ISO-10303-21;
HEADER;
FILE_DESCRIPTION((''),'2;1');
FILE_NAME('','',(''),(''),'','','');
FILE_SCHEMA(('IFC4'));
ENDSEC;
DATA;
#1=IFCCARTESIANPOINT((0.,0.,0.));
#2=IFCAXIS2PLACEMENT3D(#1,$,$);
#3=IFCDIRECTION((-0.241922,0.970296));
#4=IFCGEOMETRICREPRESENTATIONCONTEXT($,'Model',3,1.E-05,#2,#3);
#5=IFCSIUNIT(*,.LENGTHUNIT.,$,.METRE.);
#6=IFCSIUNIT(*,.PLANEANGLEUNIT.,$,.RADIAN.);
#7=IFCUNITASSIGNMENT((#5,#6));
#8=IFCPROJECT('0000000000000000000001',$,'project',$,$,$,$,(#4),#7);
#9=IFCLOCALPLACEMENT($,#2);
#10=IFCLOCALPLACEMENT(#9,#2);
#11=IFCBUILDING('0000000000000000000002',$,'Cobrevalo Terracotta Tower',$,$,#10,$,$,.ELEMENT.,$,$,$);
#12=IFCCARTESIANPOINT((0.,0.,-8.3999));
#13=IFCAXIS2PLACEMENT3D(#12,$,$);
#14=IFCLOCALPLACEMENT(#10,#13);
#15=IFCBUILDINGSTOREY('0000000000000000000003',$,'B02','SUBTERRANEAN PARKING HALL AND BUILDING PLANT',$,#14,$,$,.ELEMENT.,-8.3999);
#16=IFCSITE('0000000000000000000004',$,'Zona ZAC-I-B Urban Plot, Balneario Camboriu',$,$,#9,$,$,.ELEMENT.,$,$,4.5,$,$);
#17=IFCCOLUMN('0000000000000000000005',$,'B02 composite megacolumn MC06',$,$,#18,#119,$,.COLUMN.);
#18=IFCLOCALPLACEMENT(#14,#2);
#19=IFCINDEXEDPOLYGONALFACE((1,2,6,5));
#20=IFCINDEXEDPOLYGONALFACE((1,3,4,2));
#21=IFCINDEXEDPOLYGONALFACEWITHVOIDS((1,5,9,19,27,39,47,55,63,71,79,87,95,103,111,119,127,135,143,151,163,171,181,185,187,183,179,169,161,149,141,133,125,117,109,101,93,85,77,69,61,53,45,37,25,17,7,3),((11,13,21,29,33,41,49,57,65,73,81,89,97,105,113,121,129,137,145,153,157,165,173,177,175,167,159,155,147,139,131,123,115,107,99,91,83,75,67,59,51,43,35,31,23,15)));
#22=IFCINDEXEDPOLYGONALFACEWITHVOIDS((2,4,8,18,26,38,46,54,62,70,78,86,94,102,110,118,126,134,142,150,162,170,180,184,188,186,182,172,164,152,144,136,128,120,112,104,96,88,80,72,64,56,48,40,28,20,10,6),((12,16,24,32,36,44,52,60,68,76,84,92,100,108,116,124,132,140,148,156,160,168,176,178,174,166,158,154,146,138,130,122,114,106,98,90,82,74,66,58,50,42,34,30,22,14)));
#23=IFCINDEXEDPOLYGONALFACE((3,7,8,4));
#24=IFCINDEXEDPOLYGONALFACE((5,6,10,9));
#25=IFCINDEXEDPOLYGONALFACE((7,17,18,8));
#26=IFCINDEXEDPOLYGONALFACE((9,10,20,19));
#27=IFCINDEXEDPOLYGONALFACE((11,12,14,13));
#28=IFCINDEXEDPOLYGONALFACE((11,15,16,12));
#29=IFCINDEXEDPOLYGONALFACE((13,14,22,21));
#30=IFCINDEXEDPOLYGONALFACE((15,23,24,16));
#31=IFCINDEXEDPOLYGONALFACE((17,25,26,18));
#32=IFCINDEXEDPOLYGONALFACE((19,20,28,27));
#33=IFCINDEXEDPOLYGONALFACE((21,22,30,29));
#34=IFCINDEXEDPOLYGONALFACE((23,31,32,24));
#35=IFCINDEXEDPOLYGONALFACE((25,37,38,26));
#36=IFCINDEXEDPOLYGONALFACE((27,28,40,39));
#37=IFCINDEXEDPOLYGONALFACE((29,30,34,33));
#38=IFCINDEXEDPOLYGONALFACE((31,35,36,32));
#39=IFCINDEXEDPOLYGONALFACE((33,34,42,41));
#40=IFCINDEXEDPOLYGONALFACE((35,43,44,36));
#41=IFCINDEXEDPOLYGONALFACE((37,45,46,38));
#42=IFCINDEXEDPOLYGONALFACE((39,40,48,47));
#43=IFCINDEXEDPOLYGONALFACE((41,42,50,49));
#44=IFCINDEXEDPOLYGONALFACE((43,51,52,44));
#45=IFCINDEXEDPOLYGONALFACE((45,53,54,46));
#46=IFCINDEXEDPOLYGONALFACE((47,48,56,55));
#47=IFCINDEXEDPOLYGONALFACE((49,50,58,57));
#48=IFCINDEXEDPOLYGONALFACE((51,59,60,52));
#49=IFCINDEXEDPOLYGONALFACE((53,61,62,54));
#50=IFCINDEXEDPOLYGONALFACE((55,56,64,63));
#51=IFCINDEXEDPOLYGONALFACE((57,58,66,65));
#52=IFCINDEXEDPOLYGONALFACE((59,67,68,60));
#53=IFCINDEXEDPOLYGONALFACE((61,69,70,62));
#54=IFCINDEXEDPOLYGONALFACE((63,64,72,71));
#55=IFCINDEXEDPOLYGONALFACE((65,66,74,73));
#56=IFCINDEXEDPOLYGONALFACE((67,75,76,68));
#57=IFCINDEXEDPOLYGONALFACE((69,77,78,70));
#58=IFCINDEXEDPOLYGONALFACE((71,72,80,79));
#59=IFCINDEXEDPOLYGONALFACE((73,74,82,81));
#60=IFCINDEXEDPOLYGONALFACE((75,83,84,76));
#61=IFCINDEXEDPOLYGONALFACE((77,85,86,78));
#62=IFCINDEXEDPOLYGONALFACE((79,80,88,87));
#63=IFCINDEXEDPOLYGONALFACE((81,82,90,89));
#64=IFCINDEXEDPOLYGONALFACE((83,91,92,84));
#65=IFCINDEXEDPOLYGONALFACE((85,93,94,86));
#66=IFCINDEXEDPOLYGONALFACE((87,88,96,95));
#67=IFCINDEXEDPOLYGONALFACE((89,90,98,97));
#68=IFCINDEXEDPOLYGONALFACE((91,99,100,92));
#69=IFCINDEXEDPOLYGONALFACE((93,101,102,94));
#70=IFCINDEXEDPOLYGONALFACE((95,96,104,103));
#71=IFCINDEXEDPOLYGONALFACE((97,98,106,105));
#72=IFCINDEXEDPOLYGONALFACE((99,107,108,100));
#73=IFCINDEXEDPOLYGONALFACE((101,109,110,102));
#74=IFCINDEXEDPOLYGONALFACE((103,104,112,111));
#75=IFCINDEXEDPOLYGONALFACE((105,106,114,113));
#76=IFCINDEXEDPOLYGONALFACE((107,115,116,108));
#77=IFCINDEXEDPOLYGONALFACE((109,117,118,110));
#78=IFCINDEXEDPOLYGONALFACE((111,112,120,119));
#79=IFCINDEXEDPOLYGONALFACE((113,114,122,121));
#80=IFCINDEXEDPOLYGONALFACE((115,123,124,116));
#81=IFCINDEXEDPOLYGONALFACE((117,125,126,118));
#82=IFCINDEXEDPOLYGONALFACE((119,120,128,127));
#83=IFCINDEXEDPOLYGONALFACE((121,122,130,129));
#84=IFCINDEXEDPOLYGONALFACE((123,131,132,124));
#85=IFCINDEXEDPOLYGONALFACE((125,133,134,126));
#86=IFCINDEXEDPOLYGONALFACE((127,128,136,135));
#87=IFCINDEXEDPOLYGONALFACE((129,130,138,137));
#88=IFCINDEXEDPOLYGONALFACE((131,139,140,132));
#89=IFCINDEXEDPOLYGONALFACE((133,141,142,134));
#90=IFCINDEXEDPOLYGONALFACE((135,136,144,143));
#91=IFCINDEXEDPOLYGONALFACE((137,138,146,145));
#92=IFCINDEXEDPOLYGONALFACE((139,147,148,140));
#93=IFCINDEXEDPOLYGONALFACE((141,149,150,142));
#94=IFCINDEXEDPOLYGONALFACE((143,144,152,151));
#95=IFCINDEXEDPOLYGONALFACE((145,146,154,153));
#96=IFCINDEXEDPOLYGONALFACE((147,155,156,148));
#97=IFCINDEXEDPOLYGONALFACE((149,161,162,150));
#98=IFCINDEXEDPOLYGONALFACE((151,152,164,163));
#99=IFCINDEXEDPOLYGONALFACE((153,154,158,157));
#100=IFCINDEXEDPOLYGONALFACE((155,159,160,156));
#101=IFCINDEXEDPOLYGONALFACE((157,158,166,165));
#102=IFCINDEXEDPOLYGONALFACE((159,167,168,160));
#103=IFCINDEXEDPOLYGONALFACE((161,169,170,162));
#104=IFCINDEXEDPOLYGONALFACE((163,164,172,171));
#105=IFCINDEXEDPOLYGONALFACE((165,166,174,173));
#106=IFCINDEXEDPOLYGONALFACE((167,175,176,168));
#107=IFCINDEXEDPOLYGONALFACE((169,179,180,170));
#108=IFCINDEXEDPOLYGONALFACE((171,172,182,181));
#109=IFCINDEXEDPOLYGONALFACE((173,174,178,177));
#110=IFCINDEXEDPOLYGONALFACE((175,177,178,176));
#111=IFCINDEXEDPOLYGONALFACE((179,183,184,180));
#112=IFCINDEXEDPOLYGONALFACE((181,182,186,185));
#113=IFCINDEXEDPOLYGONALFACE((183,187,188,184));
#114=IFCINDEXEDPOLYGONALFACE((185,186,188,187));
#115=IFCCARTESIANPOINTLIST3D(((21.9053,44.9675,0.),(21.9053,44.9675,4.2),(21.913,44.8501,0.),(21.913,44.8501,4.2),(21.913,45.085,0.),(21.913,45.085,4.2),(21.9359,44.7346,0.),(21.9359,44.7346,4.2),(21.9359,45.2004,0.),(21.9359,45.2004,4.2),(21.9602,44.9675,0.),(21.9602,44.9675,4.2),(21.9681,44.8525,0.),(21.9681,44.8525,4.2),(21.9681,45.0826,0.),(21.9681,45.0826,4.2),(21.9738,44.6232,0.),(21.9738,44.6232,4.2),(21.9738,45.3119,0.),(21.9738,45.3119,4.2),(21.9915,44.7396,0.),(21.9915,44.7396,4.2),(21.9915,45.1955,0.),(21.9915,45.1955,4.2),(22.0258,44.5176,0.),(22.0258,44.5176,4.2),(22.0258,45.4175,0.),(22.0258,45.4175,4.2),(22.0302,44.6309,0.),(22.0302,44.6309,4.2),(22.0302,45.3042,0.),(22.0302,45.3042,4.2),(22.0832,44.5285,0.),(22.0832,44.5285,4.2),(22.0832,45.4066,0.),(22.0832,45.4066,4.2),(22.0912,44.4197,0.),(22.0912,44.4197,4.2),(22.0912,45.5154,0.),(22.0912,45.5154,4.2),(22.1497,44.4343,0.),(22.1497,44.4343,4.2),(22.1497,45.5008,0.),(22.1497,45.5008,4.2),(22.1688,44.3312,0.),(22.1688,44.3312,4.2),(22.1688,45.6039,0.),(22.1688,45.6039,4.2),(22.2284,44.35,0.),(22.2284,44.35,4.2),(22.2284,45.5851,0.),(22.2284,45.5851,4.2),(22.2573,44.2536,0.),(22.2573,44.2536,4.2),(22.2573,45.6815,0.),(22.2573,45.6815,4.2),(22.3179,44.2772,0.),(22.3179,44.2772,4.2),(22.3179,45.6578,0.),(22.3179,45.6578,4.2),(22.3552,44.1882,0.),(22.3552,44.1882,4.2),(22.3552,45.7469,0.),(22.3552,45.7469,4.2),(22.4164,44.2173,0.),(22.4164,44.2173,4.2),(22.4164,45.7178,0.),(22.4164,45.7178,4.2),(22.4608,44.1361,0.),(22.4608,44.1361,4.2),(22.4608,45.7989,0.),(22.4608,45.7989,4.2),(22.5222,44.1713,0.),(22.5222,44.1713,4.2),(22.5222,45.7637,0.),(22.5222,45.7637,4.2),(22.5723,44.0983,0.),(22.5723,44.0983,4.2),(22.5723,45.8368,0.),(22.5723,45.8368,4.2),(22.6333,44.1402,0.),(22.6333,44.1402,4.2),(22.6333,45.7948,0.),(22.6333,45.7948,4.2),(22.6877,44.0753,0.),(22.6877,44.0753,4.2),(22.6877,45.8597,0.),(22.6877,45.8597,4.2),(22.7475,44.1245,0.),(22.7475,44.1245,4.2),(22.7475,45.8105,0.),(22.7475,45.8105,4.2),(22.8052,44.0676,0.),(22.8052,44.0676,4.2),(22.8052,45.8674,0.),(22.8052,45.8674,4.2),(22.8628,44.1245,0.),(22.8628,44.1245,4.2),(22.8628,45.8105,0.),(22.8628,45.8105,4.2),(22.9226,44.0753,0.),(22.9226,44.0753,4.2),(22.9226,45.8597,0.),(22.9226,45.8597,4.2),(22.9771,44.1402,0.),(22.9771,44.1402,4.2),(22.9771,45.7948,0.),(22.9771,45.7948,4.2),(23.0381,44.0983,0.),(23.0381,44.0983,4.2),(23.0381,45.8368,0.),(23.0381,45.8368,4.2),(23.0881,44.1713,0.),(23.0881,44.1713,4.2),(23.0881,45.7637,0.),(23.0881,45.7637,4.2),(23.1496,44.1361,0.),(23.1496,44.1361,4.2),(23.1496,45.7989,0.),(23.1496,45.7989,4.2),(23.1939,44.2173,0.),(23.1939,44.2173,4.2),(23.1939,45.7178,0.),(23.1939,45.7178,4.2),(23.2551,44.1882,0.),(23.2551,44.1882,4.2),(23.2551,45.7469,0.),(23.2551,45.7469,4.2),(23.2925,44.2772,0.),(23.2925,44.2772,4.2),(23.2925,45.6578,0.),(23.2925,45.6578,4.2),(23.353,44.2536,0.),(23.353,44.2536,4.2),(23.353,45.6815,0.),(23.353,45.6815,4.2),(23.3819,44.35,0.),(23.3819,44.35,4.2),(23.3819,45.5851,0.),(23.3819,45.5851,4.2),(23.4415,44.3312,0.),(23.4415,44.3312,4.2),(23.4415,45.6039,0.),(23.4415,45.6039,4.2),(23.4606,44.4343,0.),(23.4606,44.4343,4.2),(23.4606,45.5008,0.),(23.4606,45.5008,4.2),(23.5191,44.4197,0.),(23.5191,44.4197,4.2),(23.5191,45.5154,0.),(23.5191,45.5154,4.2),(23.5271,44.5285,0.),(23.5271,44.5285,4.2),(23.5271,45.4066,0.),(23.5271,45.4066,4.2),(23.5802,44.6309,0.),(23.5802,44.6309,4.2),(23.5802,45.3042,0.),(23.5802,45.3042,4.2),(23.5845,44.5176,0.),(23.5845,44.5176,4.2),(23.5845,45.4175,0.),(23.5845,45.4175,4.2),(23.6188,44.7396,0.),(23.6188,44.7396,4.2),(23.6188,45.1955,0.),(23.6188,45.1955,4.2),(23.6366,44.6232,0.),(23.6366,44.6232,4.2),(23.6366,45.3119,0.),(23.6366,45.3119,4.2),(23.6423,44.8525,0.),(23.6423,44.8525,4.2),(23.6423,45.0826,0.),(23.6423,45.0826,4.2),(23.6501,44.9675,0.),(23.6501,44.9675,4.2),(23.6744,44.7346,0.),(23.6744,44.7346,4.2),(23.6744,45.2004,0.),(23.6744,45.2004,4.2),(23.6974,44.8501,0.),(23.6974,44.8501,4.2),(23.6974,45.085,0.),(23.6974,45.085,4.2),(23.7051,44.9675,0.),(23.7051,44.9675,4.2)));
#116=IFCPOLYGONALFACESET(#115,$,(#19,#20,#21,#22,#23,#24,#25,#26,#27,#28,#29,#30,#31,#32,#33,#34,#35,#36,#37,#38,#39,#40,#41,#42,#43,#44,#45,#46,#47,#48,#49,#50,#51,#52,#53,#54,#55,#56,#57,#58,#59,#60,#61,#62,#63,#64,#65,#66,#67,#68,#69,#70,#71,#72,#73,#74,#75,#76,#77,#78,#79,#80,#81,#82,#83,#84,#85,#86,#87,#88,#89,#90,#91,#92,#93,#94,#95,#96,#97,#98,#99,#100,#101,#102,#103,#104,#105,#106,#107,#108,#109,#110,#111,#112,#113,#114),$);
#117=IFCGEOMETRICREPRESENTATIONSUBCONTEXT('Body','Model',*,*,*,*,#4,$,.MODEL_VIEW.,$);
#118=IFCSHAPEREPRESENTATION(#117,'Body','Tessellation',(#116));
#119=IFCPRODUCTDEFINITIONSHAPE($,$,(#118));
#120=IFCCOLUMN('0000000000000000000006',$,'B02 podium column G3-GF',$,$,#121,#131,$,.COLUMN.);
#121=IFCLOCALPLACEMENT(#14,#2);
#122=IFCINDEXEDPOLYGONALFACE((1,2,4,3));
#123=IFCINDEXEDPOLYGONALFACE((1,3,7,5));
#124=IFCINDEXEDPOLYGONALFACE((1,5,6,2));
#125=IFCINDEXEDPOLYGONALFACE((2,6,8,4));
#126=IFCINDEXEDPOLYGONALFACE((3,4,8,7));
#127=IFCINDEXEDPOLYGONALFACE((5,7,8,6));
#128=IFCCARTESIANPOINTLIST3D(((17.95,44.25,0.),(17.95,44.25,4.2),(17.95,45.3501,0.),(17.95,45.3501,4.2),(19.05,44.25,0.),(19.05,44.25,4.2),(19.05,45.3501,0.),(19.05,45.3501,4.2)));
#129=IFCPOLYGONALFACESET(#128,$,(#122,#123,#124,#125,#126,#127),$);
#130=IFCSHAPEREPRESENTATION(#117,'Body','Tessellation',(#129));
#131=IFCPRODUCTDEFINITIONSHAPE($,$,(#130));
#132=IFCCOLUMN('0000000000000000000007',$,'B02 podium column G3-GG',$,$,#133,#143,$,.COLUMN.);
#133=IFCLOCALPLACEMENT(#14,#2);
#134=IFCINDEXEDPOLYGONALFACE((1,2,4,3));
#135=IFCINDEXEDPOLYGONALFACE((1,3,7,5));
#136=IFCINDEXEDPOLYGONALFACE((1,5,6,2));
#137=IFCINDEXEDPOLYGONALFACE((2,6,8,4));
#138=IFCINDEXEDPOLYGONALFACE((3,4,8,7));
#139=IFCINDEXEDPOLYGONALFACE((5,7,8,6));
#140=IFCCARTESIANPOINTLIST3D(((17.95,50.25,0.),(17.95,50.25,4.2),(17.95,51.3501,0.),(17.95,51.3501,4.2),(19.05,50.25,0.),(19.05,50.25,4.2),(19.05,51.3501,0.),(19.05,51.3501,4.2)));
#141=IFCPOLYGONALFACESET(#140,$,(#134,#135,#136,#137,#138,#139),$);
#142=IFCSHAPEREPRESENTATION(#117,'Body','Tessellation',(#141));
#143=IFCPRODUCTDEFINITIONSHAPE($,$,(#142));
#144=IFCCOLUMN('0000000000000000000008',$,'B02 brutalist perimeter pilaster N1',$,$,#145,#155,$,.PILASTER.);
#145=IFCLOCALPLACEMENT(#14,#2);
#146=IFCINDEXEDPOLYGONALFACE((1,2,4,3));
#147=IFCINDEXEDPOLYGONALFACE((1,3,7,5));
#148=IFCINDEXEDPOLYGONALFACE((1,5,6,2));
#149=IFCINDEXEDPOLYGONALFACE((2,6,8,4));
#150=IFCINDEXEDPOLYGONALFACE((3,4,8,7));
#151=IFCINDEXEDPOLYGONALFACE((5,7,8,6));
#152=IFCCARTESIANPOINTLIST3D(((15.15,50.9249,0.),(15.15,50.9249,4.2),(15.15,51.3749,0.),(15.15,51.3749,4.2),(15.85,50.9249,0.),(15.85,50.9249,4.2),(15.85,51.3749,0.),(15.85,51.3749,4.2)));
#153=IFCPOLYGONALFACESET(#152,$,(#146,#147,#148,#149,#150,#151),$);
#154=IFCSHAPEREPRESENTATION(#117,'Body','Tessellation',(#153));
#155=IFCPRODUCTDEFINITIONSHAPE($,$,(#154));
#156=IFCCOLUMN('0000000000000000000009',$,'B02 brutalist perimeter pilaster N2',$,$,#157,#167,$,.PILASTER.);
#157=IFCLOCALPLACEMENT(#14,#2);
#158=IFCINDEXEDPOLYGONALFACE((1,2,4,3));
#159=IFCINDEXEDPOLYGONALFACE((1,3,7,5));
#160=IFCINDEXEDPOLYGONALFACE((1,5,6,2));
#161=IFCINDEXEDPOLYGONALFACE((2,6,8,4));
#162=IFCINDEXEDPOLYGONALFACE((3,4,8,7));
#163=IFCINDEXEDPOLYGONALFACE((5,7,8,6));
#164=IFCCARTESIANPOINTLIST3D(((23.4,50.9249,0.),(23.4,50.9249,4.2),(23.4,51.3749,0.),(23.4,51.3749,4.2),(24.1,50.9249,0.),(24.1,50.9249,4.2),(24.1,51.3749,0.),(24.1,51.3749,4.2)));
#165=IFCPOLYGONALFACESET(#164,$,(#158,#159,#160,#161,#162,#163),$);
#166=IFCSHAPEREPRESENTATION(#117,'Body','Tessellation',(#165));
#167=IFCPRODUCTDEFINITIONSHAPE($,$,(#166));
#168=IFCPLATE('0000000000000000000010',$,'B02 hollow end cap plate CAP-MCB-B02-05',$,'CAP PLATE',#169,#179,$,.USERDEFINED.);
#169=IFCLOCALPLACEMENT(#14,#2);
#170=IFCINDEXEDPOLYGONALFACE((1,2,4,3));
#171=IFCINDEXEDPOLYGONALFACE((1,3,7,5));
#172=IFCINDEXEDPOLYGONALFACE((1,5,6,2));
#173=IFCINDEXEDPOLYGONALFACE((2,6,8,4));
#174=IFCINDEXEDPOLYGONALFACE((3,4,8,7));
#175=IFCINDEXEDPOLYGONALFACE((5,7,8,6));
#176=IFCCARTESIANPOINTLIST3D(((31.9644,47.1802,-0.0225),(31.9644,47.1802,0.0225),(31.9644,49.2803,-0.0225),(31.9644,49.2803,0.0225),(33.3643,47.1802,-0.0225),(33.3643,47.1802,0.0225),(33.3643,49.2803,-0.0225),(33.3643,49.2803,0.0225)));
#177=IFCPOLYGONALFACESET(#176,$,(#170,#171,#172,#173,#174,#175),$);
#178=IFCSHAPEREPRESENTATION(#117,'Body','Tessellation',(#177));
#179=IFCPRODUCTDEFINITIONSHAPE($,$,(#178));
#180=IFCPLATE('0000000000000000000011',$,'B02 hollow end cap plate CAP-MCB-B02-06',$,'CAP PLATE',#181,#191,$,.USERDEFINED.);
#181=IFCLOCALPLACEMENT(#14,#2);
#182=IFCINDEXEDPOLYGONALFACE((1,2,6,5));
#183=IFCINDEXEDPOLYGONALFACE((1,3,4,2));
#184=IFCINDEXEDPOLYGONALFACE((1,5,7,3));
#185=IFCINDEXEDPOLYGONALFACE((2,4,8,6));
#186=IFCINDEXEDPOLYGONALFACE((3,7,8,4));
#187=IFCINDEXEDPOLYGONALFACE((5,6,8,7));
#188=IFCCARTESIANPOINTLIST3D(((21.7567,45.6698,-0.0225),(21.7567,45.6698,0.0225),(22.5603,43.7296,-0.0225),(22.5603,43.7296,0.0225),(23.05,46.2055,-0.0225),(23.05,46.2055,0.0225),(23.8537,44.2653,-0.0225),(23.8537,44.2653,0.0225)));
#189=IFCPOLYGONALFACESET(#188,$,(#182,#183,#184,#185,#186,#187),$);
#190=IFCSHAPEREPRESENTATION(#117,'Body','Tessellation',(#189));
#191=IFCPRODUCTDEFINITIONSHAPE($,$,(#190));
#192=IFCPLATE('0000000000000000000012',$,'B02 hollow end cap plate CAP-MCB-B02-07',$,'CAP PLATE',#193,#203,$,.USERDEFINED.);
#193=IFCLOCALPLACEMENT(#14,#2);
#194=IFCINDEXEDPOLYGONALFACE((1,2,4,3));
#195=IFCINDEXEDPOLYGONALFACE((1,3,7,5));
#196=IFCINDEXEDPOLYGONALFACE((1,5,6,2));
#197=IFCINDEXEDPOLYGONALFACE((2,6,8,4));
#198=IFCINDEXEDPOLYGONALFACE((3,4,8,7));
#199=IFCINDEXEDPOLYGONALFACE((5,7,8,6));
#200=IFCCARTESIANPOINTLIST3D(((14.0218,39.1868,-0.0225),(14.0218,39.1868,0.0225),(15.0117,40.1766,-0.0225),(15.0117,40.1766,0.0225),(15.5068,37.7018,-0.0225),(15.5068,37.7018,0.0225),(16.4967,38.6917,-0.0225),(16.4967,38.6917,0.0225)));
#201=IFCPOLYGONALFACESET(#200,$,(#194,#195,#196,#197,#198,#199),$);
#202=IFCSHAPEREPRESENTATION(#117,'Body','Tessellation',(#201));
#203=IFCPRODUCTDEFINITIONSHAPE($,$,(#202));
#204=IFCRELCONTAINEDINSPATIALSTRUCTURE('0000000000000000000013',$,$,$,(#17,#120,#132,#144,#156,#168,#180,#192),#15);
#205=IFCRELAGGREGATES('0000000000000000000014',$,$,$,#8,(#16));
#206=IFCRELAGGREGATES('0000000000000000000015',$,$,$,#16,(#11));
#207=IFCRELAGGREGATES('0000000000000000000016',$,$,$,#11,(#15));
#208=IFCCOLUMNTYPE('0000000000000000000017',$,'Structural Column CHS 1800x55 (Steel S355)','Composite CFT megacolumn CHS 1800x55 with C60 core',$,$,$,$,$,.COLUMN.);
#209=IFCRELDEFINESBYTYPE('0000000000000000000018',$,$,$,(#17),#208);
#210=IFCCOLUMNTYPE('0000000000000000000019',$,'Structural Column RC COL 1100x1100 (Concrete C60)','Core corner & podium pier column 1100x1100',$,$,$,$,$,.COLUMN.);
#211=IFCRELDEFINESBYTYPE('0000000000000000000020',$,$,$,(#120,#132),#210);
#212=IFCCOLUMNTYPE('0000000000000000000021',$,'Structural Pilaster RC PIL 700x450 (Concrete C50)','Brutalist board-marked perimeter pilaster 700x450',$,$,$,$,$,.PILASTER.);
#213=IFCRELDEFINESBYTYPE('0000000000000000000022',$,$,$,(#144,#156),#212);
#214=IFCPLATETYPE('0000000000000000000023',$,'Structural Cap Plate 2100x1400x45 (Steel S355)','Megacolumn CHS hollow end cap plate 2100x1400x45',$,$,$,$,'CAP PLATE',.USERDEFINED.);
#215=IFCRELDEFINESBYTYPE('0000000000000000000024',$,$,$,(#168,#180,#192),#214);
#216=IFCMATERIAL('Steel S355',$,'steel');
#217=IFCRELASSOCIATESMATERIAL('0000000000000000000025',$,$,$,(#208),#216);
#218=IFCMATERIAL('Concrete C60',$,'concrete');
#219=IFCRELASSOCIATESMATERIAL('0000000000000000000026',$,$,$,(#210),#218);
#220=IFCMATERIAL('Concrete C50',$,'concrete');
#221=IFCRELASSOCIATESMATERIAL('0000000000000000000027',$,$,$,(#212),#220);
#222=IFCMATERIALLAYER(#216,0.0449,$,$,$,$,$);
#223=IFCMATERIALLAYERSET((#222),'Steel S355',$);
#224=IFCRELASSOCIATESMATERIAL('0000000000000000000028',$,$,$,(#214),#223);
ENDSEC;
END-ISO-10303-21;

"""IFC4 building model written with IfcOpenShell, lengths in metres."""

from ifc_helpers import new_model, si_unit, direction, frame, origin, origin_2d, place, context, subcontext, project, spatial, rectangle, hollow_circle, extrude, source, transform, mapped, material, layer, layer_set, material_profile, profile_set, type_object, element, save


model = new_model("IFC4")

# Units and contexts
model_context = context("Model", 3, precision=1e-05, world=origin(), true_north=direction((-0.241922, 0.970296)))
body_context = subcontext(model_context, "Body", "Model", "MODEL_VIEW")
ifc_project = project(units=[si_unit("LENGTHUNIT", "METRE"), si_unit("PLANEANGLEUNIT", "RADIAN")], contexts=[model_context])

# Site, building, storey
site_placement = place(None, origin())
site = spatial("IfcSite", under=ifc_project, at=site_placement, Name="Zona ZAC-I-B Urban Plot, Balneario Camboriu", CompositionType="ELEMENT", RefElevation=4.5)
building_placement = place(site_placement, origin())
building = spatial("IfcBuilding", under=site, at=building_placement, Name="Cobrevalo Terracotta Tower", CompositionType="ELEMENT")
storey_placement = place(building_placement, frame((0.0, 0.0, -8.3999)))
storey = spatial("IfcBuildingStorey", under=building, at=storey_placement, Name="B02", Description="SUBTERRANEAN PARKING HALL AND BUILDING PLANT", CompositionType="ELEMENT", Elevation=-8.3999)

# Shared definitions
ifc_material_1 = material(Name="Concrete C50", Category="concrete")

# Columns
ifc_material_2 = material(Name="Steel S355", Category="steel")
ifc_material_profile_1 = material_profile(ifc_material_2, hollow_circle(Radius=0.8999, WallThickness=0.0549, at=origin_2d()), Name="CHS 1800x55")
ifc_profile_set_1 = profile_set([ifc_material_profile_1], Name="Steel S355")
column_type_1 = type_object("IfcColumnType", Name="Structural Column CHS 1800x55 (Steel S355)", Description="Composite CFT megacolumn CHS 1800x55 with C60 core", PredefinedType="COLUMN", material=ifc_profile_set_1)
for number, where, z_axis, x_axis, name in (
    (1, (22.8052, 44.9675, 0.0), (0.0, 0.0, 1.0), (1.0, 0.0, 0.0), "B02 composite megacolumn MC06"),
):
    element("IfcColumn", number, at=place(storey_placement, frame(where, z_axis=z_axis, x_axis=x_axis)), inside=storey, type_object=column_type_1, Name=name, PredefinedType="COLUMN", context=body_context, shape_type="SweptSolid", body=[
        extrude(hollow_circle(Radius=0.8999, WallThickness=0.0549, at=origin_2d()), origin(), (0.0, 0.0, 1.0), 4.2),
    ])
ifc_material_3 = material(Name="Concrete C60", Category="concrete")
ifc_material_profile_2 = material_profile(ifc_material_3, rectangle(XDim=1.1001, YDim=1.1001, at=origin_2d()), Name="RC COL 1100x1100")
ifc_profile_set_2 = profile_set([ifc_material_profile_2], Name="Concrete C60")
column_type_2 = type_object("IfcColumnType", Name="Structural Column RC COL 1100x1100 (Concrete C60)", Description="Core corner & podium pier column 1100x1100", PredefinedType="COLUMN", material=ifc_profile_set_2)
for number, where, z_axis, x_axis, name in (
    (2, (18.5, 44.8, 0.0), (0.0, 0.0, 1.0), (1.0, 0.0, 0.0), "B02 podium column G3-GF"),
    (3, (18.5, 50.8, 0.0), (0.0, 0.0, 1.0), (1.0, 0.0, 0.0), "B02 podium column G3-GG"),
):
    element("IfcColumn", number, at=place(storey_placement, frame(where, z_axis=z_axis, x_axis=x_axis)), inside=storey, type_object=column_type_2, Name=name, PredefinedType="COLUMN", context=body_context, shape_type="SweptSolid", body=[
        extrude(rectangle(XDim=1.1001, YDim=1.1001, at=origin_2d()), origin(), (0.0, 0.0, 1.0), 4.2),
    ])
ifc_material_profile_3 = material_profile(ifc_material_1, rectangle(XDim=0.7, YDim=0.45, at=origin_2d()), Name="RC PIL 700x450")
ifc_profile_set_3 = profile_set([ifc_material_profile_3], Name="Concrete C50")
column_type_3 = type_object("IfcColumnType", Name="Structural Pilaster RC PIL 700x450 (Concrete C50)", Description="Brutalist board-marked perimeter pilaster 700x450", PredefinedType="PILASTER", material=ifc_profile_set_3)
for number, where, z_axis, x_axis, name in (
    (4, (15.5, 51.1499, 0.0), (0.0, 0.0, 1.0), (1.0, 0.0, 0.0), "B02 brutalist perimeter pilaster N1"),
    (5, (23.75, 51.1499, 0.0), (0.0, 0.0, 1.0), (1.0, 0.0, 0.0), "B02 brutalist perimeter pilaster N2"),
):
    element("IfcColumn", number, at=place(storey_placement, frame(where, z_axis=z_axis, x_axis=x_axis)), inside=storey, type_object=column_type_3, Name=name, PredefinedType="PILASTER", context=body_context, shape_type="SweptSolid", body=[
        extrude(rectangle(XDim=0.7, YDim=0.45, at=origin_2d()), origin(), (0.0, 0.0, 1.0), 4.2),
    ])

# Plates
ifc_layer_1 = layer(ifc_material_2, 0.0449)
ifc_layer_set_1 = layer_set([ifc_layer_1], Name="Steel S355")
plate_type = type_object("IfcPlateType", Name="Structural Cap Plate 2100x1400x45 (Steel S355)", Description="Megacolumn CHS hollow end cap plate 2100x1400x45", ElementType="CAP PLATE", PredefinedType="USERDEFINED", material=ifc_layer_set_1)
shared_shape_1 = source(origin(), body_context, "Body", "SweptSolid", [
    extrude(rectangle(XDim=2.1001, YDim=1.3999, at=origin_2d()), origin(), (0.0, 0.0, 1.0), 0.0449),
])
for number, where, z_axis, x_axis, name in (
    (6, (32.6643, 48.2302, -0.0225), (0.0, 0.0, 1.0), (0.0, 1.0, 0.0), "B02 hollow end cap plate CAP-MCB-B02-05"),
    (7, (22.8052, 44.9675, -0.0225), (0.0, 0.0, 1.0), (-0.382683, 0.92388, 0.0), "B02 hollow end cap plate CAP-MCB-B02-06"),
    (8, (15.2593, 38.9392, -0.0225), (0.0, 0.0, 1.0), (-0.707107, 0.707107, 0.0), "B02 hollow end cap plate CAP-MCB-B02-07"),
):
    element("IfcPlate", number, at=place(storey_placement, frame(where, z_axis=z_axis, x_axis=x_axis)), inside=storey, type_object=plate_type, Name=name, ObjectType="CAP PLATE", PredefinedType="USERDEFINED", context=body_context, shape_type="MappedRepresentation", body=[
        mapped(shared_shape_1, transform((0.0, 0.0, 0.0), scale=1.0)),
    ])

save(model, "model.ifc")
